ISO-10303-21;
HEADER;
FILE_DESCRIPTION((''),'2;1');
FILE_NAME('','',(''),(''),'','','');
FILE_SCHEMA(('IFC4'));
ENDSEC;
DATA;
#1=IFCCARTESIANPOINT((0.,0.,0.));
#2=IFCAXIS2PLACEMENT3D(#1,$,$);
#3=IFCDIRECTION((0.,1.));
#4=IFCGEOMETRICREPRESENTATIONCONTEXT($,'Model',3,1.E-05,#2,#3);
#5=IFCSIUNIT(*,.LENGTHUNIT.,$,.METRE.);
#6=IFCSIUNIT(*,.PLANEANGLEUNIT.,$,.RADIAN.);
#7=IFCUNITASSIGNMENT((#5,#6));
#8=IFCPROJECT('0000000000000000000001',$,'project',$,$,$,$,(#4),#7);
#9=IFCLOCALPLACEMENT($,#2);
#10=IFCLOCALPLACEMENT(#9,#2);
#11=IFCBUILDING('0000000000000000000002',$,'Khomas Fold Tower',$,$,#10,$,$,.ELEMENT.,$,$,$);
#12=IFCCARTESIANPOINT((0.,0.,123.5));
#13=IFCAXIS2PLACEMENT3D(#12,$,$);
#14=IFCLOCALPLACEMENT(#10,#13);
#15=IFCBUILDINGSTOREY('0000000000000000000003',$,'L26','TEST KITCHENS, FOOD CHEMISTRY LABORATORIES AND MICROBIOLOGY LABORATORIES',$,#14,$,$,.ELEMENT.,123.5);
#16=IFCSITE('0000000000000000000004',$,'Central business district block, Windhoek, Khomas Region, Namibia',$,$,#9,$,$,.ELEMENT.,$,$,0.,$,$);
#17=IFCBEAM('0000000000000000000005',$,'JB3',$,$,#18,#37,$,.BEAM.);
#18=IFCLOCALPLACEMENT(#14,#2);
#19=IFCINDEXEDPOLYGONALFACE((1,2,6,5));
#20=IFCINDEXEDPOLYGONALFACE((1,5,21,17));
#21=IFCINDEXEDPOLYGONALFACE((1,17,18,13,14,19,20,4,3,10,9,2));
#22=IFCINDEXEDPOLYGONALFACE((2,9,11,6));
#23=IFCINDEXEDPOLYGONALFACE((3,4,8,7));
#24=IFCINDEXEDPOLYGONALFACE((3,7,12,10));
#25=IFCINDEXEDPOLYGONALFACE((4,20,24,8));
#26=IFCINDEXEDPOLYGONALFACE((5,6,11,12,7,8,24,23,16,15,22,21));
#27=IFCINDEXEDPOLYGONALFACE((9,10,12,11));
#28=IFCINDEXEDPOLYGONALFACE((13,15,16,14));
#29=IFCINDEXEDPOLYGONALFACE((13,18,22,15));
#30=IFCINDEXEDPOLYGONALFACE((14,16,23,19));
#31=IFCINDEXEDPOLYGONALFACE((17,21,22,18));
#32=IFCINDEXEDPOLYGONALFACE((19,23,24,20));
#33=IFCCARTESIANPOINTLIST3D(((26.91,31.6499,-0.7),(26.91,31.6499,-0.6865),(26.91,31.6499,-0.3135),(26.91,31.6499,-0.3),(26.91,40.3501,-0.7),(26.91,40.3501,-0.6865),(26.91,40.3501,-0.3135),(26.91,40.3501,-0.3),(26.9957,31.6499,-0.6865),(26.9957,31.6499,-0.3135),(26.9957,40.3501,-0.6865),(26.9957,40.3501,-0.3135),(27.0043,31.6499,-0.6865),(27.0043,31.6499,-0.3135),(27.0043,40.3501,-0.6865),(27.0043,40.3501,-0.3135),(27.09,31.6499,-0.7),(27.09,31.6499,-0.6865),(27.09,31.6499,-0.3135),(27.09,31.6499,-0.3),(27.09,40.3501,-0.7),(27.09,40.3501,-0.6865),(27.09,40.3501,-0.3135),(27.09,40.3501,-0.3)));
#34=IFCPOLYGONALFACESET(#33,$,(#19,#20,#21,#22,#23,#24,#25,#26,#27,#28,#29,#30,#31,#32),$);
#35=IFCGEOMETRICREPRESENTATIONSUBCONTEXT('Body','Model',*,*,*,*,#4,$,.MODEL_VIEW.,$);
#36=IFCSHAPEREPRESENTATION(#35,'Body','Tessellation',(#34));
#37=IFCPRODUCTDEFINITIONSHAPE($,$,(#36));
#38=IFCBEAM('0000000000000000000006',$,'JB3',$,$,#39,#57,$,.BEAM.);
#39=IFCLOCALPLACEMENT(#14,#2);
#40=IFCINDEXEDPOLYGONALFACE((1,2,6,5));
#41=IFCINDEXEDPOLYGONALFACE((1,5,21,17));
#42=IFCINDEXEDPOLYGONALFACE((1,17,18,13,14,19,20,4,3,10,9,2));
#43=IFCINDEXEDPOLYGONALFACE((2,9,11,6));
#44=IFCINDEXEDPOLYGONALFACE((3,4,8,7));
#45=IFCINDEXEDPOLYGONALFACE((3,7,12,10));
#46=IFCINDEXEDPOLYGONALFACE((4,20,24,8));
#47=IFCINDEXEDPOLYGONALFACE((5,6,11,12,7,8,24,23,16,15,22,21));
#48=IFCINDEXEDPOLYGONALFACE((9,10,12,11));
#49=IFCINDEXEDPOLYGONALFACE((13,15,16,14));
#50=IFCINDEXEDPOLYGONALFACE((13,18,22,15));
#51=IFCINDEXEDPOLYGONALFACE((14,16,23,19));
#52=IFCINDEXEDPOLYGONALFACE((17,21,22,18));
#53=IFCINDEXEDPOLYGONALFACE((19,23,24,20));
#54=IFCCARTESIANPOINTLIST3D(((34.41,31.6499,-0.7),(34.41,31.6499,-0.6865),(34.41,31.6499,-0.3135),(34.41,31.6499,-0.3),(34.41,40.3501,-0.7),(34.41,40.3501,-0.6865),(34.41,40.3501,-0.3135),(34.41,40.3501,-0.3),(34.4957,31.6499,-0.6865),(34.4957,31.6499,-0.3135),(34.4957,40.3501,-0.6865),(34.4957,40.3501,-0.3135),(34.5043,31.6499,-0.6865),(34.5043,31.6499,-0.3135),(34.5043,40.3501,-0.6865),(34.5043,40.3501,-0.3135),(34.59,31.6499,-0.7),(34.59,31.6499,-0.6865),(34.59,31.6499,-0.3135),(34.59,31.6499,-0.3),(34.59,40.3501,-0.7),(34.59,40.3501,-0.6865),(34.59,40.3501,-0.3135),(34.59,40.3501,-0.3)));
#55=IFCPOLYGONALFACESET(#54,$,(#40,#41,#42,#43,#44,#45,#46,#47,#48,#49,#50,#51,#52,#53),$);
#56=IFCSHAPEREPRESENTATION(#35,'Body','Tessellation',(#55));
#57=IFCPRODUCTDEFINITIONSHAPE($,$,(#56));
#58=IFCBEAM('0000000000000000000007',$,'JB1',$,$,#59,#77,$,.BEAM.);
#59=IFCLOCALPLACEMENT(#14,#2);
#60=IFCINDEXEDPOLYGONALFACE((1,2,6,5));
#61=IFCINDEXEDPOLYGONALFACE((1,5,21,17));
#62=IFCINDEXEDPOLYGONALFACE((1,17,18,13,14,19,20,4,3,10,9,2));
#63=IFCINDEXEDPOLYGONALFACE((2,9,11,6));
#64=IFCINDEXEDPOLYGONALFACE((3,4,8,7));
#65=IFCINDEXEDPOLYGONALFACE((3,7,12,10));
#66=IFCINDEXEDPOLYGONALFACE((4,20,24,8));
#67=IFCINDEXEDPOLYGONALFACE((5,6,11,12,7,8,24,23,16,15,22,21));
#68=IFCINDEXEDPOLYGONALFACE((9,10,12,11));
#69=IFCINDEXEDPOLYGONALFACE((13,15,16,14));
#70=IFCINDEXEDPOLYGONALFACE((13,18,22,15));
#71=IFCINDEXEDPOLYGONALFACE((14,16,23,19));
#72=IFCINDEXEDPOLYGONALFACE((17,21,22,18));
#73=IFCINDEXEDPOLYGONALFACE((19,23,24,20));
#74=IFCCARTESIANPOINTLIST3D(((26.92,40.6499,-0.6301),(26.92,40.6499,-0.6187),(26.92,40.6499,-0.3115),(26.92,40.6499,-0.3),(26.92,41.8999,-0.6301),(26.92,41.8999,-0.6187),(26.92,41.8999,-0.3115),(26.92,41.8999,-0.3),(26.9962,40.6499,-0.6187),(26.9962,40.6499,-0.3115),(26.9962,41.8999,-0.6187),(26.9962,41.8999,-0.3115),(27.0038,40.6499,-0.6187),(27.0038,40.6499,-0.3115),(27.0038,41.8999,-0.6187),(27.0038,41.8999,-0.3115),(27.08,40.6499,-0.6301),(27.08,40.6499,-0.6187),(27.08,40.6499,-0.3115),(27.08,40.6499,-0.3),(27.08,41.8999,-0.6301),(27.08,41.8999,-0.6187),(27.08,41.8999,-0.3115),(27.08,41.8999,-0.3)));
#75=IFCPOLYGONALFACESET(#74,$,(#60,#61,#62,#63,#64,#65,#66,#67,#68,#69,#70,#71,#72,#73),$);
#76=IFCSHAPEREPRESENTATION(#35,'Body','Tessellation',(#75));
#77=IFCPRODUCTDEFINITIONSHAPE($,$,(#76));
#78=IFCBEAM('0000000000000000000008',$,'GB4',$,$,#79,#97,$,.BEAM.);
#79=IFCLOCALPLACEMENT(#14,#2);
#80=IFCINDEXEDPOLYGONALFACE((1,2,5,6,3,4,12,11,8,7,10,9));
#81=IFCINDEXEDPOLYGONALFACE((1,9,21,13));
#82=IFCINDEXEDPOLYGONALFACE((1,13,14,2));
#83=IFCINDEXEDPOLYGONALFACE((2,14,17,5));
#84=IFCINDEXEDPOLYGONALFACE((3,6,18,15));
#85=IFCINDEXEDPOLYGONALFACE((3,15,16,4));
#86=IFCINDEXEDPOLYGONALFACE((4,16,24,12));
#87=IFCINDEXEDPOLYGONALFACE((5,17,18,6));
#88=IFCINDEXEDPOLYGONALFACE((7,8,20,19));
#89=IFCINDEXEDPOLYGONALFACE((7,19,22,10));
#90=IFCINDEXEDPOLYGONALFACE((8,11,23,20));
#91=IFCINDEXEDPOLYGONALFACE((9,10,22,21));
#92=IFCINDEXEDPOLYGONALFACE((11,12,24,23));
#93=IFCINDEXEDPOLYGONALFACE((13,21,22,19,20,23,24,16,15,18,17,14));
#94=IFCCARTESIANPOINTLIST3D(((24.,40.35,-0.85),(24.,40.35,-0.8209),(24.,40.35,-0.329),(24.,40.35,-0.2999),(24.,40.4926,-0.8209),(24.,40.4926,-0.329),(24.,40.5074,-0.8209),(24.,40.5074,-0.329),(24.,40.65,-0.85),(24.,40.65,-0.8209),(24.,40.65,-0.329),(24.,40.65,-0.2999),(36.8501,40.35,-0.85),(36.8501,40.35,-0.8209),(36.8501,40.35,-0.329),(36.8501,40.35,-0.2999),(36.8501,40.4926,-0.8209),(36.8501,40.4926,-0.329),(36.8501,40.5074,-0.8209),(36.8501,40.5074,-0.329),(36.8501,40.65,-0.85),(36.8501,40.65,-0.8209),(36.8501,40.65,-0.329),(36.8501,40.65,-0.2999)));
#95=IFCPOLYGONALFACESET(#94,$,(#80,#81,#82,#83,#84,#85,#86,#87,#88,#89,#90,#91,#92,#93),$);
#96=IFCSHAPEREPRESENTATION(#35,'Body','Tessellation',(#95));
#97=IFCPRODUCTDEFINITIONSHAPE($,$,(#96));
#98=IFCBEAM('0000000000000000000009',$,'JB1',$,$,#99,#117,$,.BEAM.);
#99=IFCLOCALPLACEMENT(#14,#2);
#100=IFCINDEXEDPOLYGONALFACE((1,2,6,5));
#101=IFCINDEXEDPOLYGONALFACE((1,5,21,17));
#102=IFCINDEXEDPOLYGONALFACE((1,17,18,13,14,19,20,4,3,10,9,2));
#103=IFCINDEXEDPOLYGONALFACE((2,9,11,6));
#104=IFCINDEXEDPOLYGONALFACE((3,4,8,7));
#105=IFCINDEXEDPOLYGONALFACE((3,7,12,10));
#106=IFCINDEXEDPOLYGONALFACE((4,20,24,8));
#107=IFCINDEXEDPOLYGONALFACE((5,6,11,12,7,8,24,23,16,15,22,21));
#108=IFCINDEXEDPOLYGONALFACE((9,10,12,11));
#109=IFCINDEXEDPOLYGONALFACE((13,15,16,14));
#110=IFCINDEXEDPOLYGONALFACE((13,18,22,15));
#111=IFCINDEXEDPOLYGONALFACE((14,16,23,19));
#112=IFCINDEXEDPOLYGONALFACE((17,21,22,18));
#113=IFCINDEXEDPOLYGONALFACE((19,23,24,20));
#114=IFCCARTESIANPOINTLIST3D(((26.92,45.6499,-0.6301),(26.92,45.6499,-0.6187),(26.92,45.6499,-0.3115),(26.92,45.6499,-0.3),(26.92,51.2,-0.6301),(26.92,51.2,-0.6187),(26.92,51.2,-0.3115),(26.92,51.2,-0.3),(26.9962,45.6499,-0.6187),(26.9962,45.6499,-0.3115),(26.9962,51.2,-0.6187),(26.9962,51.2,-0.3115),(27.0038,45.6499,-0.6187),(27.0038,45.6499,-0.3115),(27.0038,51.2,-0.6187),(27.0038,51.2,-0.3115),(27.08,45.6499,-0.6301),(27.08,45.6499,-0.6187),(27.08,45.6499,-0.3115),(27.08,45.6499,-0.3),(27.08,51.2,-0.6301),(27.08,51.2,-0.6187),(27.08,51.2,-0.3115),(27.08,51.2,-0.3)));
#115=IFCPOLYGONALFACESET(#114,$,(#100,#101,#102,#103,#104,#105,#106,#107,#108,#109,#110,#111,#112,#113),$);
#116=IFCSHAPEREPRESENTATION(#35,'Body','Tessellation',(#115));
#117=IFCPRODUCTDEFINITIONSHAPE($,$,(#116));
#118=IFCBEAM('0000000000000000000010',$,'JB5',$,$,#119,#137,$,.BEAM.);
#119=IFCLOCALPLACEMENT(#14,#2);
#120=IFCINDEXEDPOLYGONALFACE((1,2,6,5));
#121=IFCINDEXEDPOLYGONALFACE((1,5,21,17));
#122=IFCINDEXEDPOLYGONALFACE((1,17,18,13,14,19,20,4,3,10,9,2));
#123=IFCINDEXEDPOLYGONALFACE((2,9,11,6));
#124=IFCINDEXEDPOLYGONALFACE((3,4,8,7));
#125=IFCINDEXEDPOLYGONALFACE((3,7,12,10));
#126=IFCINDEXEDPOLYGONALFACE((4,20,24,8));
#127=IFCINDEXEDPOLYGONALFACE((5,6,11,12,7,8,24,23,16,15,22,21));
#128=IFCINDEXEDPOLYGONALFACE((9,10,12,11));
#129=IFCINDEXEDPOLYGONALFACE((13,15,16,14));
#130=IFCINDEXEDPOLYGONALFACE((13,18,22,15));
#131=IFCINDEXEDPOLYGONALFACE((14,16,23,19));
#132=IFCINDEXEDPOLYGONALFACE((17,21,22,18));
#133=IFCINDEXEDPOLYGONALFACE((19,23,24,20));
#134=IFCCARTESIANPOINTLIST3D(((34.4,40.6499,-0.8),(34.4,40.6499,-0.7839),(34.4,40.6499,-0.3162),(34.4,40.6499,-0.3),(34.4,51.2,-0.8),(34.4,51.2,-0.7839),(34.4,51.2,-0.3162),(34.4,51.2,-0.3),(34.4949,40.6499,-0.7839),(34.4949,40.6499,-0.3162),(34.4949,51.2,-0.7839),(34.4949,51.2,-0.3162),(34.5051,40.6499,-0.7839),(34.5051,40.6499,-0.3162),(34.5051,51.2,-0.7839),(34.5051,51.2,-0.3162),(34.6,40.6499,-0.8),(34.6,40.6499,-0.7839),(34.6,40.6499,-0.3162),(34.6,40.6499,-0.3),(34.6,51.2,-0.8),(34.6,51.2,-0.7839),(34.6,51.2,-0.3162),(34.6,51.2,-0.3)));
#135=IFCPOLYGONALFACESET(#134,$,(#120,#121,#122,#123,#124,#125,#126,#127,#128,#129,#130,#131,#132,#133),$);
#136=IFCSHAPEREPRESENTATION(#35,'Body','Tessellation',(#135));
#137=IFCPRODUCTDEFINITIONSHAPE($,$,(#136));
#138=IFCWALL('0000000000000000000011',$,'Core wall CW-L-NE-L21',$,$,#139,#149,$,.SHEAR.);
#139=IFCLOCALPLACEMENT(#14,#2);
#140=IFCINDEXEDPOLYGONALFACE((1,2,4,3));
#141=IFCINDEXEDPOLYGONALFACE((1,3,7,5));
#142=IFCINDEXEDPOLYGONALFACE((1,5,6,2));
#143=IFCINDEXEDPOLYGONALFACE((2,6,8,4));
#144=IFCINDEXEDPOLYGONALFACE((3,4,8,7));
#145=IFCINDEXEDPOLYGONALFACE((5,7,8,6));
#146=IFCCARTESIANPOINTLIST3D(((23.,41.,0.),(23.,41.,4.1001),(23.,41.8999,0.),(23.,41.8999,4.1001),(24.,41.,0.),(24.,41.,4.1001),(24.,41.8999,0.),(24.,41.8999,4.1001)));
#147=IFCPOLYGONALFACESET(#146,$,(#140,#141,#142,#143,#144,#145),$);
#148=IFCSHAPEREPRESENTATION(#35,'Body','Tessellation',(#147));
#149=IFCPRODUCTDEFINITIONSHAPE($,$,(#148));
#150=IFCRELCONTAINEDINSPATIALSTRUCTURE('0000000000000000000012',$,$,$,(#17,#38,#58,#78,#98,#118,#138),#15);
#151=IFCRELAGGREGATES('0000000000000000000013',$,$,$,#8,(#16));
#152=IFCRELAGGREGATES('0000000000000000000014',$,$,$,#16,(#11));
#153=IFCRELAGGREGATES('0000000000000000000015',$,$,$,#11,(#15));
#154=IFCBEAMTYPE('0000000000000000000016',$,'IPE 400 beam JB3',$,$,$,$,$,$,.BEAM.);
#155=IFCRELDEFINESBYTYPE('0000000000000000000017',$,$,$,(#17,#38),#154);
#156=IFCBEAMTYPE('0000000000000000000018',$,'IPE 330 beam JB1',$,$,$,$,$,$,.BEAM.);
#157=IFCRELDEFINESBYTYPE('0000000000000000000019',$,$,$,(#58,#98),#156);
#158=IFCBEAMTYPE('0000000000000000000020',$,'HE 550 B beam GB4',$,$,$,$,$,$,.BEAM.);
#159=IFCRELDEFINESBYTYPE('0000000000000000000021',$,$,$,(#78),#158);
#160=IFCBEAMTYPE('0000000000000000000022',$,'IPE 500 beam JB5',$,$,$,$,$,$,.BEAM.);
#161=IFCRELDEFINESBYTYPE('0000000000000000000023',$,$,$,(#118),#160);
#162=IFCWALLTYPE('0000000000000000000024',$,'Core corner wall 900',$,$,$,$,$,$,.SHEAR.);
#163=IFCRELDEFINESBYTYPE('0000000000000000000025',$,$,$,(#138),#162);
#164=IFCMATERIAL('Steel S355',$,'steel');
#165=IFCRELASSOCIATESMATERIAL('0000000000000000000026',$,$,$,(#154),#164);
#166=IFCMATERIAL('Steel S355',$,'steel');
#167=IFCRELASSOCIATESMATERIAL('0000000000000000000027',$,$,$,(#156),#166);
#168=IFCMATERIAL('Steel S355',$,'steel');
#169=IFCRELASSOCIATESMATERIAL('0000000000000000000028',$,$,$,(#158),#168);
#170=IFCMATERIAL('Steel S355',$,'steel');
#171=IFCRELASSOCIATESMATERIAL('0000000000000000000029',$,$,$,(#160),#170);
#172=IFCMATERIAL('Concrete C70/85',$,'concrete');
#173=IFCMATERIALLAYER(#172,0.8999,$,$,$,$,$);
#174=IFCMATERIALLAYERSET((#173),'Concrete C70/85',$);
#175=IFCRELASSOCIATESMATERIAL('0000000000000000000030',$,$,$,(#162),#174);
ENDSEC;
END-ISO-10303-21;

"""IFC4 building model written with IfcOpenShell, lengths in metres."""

from ifc_helpers import new_model, si_unit, direction, frame, frame_2d, origin, origin_2d, place, context, subcontext, project, spatial, rectangle, i_section, extrude, source, transform, mapped, material, layer, layer_set, material_profile, profile_set, type_object, element, save


model = new_model("IFC4")

# Units and contexts
model_context = context("Model", 3, precision=1e-05, world=origin(), true_north=direction((0.0, 1.0)))
body_context = subcontext(model_context, "Body", "Model", "MODEL_VIEW")
ifc_project = project(units=[si_unit("LENGTHUNIT", "METRE"), si_unit("PLANEANGLEUNIT", "RADIAN")], contexts=[model_context])

# Site, building, storey
site_placement = place(None, origin())
site = spatial("IfcSite", under=ifc_project, at=site_placement, Name="Central business district block, Windhoek, Khomas Region, Namibia", CompositionType="ELEMENT", RefElevation=0.0)
building_placement = place(site_placement, origin())
building = spatial("IfcBuilding", under=site, at=building_placement, Name="Khomas Fold Tower", CompositionType="ELEMENT")
storey_placement = place(building_placement, frame((0.0, 0.0, 123.5)))
storey = spatial("IfcBuildingStorey", under=building, at=storey_placement, Name="L26", Description="TEST KITCHENS, FOOD CHEMISTRY LABORATORIES AND MICROBIOLOGY LABORATORIES", CompositionType="ELEMENT", Elevation=123.5)

# Beams
ifc_material_1 = material(Name="Steel S355", Category="steel")
ifc_material_profile_1 = material_profile(ifc_material_1, i_section(OverallWidth=0.1799, OverallDepth=0.3999, WebThickness=0.0085, FlangeThickness=0.0134, at=origin_2d()), Name="IPE 400")
ifc_profile_set_1 = profile_set([ifc_material_profile_1], Name="Steel S355")
beam_type_1 = type_object("IfcBeamType", Name="IPE 400 beam JB3", PredefinedType="BEAM", material=ifc_profile_set_1)
shared_shape_1 = source(origin(), body_context, "Body", "SweptSolid", [
    extrude(i_section(OverallWidth=0.1799, OverallDepth=0.3999, WebThickness=0.0085, FlangeThickness=0.0134, at=origin_2d()), origin(), (0.0, 0.0, 1.0), 8.7002),
])
for number, where, z_axis, x_axis, name in (
    (1, (27.0, 31.6499, -0.5), (0.0, 1.0, 0.0), (-1.0, 0.0, 0.0), "JB3"),
    (2, (34.5, 31.6499, -0.5), (0.0, 1.0, 0.0), (-1.0, 0.0, 0.0), "JB3"),
):
    element("IfcBeam", number, at=place(storey_placement, frame(where, z_axis=z_axis, x_axis=x_axis)), inside=storey, type_object=beam_type_1, Name=name, PredefinedType="BEAM", context=body_context, shape_type="MappedRepresentation", body=[
        mapped(shared_shape_1, transform((0.0, 0.0, 0.0))),
    ])
ifc_material_2 = material(Name="Steel S355", Category="steel")
ifc_material_profile_2 = material_profile(ifc_material_2, i_section(OverallWidth=0.1599, OverallDepth=0.3301, WebThickness=0.0076, FlangeThickness=0.0115, at=origin_2d()), Name="IPE 330")
ifc_profile_set_2 = profile_set([ifc_material_profile_2], Name="Steel S355")
beam_type_2 = type_object("IfcBeamType", Name="IPE 330 beam JB1", PredefinedType="BEAM", material=ifc_profile_set_2)
shared_shape_2 = source(origin(), body_context, "Body", "SweptSolid", [
    extrude(i_section(OverallWidth=0.1599, OverallDepth=0.3301, WebThickness=0.0076, FlangeThickness=0.0115, at=origin_2d()), origin(), (0.0, 0.0, 1.0), 1.25),
])
beam_1_placement = place(storey_placement, frame((27.0, 40.6499, -0.4651), z_axis=(0.0, 1.0, 0.0), x_axis=(-1.0, 0.0, 0.0)))
element("IfcBeam", 3, at=beam_1_placement, inside=storey, type_object=beam_type_2, Name="JB1", PredefinedType="BEAM", context=body_context, shape_type="MappedRepresentation", body=[
    mapped(shared_shape_2, transform((0.0, 0.0, 0.0))),
])
ifc_material_3 = material(Name="Steel S355", Category="steel")
ifc_material_profile_3 = material_profile(ifc_material_3, i_section(OverallWidth=0.3, OverallDepth=0.55, WebThickness=0.0149, FlangeThickness=0.0291, at=origin_2d()), Name="HE 550 B")
ifc_profile_set_3 = profile_set([ifc_material_profile_3], Name="Steel S355")
beam_type_3 = type_object("IfcBeamType", Name="HE 550 B beam GB4", PredefinedType="BEAM", material=ifc_profile_set_3)
shared_shape_3 = source(origin(), body_context, "Body", "SweptSolid", [
    extrude(i_section(OverallWidth=0.3, OverallDepth=0.55, WebThickness=0.0149, FlangeThickness=0.0291, at=origin_2d()), origin(), (0.0, 0.0, 1.0), 12.8501),
])
beam_2_placement = place(storey_placement, frame((24.0, 40.5, -0.575), z_axis=(1.0, 0.0, 0.0), x_axis=(0.0, 1.0, 0.0)))
element("IfcBeam", 4, at=beam_2_placement, inside=storey, type_object=beam_type_3, Name="GB4", PredefinedType="BEAM", context=body_context, shape_type="MappedRepresentation", body=[
    mapped(shared_shape_3, transform((0.0, 0.0, 0.0))),
])
shared_shape_4 = source(origin(), body_context, "Body", "SweptSolid", [
    extrude(i_section(OverallWidth=0.1599, OverallDepth=0.3301, WebThickness=0.0076, FlangeThickness=0.0115, at=origin_2d()), origin(), (0.0, 0.0, 1.0), 5.55),
])
beam_3_placement = place(storey_placement, frame((27.0, 45.6499, -0.4651), z_axis=(0.0, 1.0, 0.0), x_axis=(-1.0, 0.0, 0.0)))
element("IfcBeam", 5, at=beam_3_placement, inside=storey, type_object=beam_type_2, Name="JB1", PredefinedType="BEAM", context=body_context, shape_type="MappedRepresentation", body=[
    mapped(shared_shape_4, transform((0.0, 0.0, 0.0))),
])
ifc_material_4 = material(Name="Steel S355", Category="steel")
ifc_material_profile_4 = material_profile(ifc_material_4, i_section(OverallWidth=0.2, OverallDepth=0.5, WebThickness=0.0103, FlangeThickness=0.0161, at=origin_2d()), Name="IPE 500")
ifc_profile_set_4 = profile_set([ifc_material_profile_4], Name="Steel S355")
beam_type_4 = type_object("IfcBeamType", Name="IPE 500 beam JB5", PredefinedType="BEAM", material=ifc_profile_set_4)
shared_shape_5 = source(origin(), body_context, "Body", "SweptSolid", [
    extrude(i_section(OverallWidth=0.2, OverallDepth=0.5, WebThickness=0.0103, FlangeThickness=0.0161, at=origin_2d()), origin(), (0.0, 0.0, 1.0), 10.55),
])
beam_4_placement = place(storey_placement, frame((34.5, 40.6499, -0.55), z_axis=(0.0, 1.0, 0.0), x_axis=(-1.0, 0.0, 0.0)))
element("IfcBeam", 6, at=beam_4_placement, inside=storey, type_object=beam_type_4, Name="JB5", PredefinedType="BEAM", context=body_context, shape_type="MappedRepresentation", body=[
    mapped(shared_shape_5, transform((0.0, 0.0, 0.0))),
])

# Wall
ifc_material_5 = material(Name="Concrete C70/85", Category="concrete")
ifc_layer_1 = layer(ifc_material_5, 0.8999)
ifc_layer_set_1 = layer_set([ifc_layer_1], Name="Concrete C70/85")
wall_type_1 = type_object("IfcWallType", Name="Core corner wall 900", PredefinedType="SHEAR", material=ifc_layer_set_1)
shared_shape_6 = source(origin(), body_context, "Body", "SweptSolid", [
    extrude(rectangle(XDim=1.0, YDim=0.8999, at=frame_2d((0.5, 0.0))), origin(), (0.0, 0.0, 1.0), 4.1001),
])
wall_1_placement = place(storey_placement, frame((23.0, 41.45, 0.0), z_axis=(0.0, 0.0, 1.0), x_axis=(1.0, 0.0, 0.0)))
element("IfcWall", 7, at=wall_1_placement, inside=storey, type_object=wall_type_1, Name="Core wall CW-L-NE-L21", PredefinedType="SHEAR", context=body_context, shape_type="MappedRepresentation", body=[
    mapped(shared_shape_6, transform((0.0, 0.0, 0.0))),
])

save(model, "model.ifc")
